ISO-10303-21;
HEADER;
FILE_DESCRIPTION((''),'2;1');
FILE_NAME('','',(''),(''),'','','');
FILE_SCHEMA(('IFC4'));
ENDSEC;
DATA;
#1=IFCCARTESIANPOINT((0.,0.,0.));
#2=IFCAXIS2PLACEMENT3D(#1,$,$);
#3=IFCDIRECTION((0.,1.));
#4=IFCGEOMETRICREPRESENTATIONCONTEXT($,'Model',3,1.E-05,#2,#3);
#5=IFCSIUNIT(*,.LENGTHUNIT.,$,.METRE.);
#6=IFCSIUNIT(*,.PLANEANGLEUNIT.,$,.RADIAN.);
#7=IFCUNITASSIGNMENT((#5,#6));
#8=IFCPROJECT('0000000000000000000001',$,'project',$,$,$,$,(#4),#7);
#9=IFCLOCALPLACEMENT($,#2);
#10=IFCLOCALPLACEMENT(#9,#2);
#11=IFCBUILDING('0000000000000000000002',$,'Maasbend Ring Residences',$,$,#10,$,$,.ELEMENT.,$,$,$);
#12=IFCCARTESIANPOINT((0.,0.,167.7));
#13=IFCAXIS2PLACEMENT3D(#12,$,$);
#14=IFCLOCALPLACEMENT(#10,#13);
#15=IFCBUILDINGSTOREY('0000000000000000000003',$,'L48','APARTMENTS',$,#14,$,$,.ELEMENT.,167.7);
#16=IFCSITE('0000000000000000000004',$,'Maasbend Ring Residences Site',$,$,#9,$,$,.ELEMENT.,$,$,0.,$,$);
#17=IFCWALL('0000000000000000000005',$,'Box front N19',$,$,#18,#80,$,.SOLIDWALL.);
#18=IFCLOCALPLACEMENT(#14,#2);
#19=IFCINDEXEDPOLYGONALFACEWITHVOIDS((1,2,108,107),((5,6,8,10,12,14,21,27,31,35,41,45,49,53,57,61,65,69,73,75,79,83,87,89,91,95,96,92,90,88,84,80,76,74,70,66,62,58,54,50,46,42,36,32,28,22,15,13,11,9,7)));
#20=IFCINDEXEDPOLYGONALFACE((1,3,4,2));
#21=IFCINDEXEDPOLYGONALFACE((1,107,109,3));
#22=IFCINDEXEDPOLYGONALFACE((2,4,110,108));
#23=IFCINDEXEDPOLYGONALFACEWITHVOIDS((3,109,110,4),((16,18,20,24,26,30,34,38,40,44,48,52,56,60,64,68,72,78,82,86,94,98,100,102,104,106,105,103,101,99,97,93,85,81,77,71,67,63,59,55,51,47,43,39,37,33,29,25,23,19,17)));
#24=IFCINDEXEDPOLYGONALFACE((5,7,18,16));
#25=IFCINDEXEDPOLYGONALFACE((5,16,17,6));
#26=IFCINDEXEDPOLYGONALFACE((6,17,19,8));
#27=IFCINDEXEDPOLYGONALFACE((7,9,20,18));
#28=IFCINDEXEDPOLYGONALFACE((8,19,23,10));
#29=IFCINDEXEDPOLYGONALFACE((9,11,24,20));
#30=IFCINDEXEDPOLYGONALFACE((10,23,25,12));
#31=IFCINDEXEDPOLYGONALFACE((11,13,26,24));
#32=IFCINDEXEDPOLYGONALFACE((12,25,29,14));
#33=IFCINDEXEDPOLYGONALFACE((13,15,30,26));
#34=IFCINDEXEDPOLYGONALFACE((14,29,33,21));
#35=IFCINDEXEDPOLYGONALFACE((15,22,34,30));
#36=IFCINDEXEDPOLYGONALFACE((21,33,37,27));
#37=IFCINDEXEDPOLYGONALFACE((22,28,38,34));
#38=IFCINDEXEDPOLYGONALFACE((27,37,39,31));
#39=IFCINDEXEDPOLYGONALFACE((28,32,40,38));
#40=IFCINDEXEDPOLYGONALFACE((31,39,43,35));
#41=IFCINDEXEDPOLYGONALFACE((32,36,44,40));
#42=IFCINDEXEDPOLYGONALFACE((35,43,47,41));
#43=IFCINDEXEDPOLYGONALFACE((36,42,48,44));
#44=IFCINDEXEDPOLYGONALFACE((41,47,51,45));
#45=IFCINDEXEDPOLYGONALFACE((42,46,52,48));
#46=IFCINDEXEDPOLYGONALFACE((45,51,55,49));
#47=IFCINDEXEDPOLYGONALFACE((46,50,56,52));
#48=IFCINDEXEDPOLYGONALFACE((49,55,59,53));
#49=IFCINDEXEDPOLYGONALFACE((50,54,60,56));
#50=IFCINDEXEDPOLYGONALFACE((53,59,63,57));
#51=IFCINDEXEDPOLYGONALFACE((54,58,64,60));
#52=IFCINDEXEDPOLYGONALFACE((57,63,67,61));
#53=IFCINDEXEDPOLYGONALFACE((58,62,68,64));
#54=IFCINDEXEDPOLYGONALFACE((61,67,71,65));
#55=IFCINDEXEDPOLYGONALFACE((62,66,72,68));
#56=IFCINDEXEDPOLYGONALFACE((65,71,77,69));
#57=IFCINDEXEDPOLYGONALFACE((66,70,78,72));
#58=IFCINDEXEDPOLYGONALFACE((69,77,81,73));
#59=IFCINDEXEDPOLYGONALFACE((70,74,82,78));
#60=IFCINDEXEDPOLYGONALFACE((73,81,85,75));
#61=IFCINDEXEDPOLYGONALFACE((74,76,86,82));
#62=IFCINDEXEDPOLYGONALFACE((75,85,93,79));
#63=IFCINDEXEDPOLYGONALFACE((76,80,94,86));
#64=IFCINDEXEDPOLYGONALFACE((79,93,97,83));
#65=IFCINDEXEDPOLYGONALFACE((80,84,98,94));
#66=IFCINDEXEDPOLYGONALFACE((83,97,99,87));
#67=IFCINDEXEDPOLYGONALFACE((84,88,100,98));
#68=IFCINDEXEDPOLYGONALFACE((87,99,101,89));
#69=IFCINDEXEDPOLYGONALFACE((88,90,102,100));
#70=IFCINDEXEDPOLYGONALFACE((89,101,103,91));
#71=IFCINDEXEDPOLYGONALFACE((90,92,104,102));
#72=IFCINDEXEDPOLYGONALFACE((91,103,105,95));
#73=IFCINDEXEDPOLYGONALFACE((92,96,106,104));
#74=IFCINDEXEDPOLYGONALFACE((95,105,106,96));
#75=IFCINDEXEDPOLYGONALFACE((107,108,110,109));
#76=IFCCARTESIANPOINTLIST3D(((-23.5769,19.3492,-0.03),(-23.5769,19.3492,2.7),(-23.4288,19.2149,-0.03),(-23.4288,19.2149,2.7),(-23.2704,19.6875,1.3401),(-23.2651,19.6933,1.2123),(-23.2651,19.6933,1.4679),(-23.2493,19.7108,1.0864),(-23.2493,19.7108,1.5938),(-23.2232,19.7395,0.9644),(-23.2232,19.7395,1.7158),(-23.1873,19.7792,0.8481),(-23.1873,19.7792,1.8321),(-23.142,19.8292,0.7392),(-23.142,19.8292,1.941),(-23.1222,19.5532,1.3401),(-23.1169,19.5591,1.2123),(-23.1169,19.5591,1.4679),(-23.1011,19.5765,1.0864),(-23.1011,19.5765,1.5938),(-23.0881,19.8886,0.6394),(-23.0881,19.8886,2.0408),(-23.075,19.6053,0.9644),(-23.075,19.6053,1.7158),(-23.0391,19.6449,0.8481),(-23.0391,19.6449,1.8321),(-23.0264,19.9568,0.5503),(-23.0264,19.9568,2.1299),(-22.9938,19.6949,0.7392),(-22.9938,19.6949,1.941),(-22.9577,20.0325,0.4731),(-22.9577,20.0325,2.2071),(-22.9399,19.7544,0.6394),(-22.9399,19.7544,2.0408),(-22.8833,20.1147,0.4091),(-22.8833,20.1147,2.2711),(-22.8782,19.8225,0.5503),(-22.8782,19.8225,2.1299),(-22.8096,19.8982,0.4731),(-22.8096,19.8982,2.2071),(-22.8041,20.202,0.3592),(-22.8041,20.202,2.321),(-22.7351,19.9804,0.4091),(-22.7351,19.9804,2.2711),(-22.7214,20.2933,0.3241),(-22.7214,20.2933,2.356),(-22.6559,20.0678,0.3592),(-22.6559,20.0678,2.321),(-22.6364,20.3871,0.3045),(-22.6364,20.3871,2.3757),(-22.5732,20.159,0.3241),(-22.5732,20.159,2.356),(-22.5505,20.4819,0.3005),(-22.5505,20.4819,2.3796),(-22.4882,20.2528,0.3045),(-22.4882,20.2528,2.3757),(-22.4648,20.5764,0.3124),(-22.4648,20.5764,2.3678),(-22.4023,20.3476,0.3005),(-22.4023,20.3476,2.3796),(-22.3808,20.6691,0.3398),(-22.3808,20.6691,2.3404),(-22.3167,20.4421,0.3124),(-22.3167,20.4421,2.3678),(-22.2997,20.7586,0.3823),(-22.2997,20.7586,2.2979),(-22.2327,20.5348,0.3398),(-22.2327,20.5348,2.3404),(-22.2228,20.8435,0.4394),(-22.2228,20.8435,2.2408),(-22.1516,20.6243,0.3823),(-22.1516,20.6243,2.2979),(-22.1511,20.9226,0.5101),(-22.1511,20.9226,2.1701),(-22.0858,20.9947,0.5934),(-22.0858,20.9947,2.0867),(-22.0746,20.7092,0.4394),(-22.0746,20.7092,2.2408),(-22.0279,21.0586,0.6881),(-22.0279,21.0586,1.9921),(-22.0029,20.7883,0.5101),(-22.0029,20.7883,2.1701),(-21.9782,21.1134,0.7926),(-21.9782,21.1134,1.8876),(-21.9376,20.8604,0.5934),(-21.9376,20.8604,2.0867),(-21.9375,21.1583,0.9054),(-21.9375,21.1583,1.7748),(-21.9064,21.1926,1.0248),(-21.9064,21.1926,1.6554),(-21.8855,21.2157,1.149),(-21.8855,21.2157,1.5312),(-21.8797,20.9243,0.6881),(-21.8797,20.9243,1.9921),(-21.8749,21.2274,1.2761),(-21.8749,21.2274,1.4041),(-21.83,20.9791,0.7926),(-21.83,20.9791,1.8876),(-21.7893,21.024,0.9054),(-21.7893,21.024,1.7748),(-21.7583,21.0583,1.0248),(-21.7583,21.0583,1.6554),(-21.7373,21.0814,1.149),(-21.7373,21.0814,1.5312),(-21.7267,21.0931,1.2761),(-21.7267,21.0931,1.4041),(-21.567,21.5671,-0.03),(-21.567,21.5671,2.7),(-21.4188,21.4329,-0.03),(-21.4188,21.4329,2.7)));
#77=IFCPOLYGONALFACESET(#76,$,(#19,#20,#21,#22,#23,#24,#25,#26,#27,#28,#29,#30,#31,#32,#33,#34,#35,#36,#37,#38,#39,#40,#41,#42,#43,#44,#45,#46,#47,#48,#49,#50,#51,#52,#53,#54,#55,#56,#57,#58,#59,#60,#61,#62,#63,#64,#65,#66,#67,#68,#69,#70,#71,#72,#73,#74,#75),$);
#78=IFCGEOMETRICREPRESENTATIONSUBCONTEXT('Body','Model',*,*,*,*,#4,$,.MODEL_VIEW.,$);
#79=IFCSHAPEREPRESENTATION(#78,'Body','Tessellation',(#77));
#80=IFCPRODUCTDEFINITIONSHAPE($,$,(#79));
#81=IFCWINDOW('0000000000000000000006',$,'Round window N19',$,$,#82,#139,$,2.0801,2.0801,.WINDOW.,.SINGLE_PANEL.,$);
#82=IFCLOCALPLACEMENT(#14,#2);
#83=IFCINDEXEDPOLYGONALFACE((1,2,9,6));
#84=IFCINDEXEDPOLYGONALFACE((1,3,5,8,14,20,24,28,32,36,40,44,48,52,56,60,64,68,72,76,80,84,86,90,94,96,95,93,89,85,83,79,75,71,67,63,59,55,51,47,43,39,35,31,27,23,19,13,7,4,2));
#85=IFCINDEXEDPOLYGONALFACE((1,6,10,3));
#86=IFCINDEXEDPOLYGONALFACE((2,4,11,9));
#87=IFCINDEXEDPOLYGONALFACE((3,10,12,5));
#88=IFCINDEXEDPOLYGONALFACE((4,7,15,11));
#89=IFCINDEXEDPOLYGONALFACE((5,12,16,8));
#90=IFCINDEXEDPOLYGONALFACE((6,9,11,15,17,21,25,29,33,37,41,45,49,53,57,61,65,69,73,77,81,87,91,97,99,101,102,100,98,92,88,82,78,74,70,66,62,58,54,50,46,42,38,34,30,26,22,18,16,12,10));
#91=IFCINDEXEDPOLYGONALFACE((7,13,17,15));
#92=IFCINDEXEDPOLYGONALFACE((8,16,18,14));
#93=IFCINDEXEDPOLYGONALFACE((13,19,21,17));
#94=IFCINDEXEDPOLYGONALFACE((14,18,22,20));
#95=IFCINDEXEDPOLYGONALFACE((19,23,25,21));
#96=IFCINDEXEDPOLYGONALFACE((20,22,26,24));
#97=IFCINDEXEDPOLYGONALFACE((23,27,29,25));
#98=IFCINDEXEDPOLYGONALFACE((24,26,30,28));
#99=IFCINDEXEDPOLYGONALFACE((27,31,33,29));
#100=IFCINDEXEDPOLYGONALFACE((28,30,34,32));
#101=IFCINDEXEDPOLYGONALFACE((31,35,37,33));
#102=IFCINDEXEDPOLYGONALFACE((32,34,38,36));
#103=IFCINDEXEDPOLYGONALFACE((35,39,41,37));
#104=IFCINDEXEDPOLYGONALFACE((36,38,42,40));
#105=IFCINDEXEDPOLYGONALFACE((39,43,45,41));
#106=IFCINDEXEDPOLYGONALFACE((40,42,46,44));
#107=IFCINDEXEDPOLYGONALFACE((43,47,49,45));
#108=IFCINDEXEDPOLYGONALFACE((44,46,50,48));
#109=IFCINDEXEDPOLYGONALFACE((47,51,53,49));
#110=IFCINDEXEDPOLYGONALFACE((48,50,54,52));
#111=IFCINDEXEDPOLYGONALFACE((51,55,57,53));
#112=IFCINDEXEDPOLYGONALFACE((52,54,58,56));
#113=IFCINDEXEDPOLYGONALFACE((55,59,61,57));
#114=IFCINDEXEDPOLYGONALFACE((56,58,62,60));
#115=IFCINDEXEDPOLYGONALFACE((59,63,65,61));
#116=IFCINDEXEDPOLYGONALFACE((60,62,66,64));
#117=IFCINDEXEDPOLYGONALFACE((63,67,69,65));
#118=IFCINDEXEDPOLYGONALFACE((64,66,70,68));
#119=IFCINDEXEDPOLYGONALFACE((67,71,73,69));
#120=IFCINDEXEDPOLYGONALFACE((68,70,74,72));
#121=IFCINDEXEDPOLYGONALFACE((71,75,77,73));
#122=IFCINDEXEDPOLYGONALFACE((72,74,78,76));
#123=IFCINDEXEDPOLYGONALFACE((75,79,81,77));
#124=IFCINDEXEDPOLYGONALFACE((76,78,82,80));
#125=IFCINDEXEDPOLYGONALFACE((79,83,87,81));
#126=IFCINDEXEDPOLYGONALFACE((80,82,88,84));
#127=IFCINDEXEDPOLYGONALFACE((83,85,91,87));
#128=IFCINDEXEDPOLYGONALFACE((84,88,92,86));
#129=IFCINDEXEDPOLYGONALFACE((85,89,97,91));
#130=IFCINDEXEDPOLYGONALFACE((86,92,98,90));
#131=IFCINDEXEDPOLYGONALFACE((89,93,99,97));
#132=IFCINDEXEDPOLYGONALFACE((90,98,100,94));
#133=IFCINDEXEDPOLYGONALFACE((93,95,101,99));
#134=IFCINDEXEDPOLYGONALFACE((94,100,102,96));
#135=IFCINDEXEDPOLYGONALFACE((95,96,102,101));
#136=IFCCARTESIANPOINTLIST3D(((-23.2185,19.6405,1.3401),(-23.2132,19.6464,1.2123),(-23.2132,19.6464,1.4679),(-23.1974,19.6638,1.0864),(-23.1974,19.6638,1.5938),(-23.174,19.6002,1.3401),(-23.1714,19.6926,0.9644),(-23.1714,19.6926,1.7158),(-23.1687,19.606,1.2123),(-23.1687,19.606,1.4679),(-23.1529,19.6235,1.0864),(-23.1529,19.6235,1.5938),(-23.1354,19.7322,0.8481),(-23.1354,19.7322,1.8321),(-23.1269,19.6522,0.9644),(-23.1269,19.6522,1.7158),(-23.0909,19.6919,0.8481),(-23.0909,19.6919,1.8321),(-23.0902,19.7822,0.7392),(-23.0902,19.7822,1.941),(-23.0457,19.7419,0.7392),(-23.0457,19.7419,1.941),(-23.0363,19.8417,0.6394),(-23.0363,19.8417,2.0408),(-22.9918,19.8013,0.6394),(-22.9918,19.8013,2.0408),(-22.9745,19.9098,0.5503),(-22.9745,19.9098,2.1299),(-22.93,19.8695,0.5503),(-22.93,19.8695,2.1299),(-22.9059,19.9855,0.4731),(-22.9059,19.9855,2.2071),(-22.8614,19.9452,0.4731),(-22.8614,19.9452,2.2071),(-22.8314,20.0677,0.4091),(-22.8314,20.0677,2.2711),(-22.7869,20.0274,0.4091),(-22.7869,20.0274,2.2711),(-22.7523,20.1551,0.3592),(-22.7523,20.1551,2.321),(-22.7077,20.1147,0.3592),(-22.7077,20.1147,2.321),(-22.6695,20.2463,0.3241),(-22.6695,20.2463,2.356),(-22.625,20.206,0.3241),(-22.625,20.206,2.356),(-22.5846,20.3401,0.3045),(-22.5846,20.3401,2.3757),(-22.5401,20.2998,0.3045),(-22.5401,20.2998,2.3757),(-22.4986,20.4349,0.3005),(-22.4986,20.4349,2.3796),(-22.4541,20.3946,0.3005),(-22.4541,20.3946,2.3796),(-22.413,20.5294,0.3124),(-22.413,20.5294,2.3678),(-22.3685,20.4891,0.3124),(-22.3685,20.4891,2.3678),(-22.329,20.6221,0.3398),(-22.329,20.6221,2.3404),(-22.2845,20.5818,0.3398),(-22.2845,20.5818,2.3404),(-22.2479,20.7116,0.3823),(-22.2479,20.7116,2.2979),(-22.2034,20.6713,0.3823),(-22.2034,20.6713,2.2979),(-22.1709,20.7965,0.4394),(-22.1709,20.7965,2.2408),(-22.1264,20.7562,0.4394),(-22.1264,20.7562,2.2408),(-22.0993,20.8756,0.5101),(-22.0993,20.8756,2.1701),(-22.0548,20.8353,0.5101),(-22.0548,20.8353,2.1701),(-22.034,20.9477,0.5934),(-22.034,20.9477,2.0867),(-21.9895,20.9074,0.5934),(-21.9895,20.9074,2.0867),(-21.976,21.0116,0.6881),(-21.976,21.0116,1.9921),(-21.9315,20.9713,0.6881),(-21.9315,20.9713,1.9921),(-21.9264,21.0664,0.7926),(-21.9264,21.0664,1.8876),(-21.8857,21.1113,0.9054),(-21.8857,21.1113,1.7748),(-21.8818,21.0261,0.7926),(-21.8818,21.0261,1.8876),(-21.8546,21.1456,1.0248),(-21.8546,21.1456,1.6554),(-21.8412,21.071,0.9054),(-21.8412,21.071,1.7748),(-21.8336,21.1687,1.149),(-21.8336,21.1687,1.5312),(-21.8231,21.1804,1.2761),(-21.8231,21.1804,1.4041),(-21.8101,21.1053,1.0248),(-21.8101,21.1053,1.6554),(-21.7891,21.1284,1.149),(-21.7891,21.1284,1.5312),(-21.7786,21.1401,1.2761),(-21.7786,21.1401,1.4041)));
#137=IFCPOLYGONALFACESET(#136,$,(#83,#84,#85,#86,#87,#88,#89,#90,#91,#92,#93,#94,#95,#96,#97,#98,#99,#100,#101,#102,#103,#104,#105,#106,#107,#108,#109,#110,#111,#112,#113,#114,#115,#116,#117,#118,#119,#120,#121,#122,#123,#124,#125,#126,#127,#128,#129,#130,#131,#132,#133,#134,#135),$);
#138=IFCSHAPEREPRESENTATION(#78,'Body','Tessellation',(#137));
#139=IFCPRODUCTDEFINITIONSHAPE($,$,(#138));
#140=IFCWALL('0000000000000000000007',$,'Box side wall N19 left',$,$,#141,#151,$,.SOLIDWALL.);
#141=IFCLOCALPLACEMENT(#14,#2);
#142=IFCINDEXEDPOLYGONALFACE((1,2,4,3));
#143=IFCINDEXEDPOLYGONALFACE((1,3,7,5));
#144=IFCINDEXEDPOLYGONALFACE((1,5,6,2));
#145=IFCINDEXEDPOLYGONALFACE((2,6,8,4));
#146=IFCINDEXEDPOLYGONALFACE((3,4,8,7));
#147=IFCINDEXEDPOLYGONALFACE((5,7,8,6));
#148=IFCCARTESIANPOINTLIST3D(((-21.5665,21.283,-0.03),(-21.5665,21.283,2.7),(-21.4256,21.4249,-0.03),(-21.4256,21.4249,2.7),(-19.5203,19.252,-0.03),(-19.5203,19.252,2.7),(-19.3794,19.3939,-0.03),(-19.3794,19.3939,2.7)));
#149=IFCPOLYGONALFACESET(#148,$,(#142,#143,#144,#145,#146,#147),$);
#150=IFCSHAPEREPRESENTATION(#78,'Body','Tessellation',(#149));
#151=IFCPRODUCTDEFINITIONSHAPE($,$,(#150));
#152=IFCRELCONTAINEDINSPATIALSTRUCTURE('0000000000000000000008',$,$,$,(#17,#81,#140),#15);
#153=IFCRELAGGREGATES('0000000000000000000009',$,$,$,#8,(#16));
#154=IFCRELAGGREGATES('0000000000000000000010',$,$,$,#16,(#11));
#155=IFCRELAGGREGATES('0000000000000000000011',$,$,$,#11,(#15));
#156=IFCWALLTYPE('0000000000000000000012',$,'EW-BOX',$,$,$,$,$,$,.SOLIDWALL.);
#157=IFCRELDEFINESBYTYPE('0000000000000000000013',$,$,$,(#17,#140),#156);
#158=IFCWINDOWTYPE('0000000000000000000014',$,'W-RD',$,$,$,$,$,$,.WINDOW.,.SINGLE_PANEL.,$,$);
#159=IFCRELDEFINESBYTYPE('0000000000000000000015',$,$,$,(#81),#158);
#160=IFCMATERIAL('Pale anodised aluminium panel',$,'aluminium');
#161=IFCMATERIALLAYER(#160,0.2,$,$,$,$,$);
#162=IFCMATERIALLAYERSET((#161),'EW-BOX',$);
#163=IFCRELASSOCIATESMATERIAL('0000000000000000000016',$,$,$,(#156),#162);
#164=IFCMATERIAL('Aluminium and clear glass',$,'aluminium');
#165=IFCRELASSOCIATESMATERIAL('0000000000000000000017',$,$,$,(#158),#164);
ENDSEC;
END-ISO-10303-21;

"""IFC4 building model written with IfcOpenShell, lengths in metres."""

from ifc_helpers import new_model, si_unit, direction, frame, frame_2d, origin, place, context, subcontext, project, spatial, rectangle, circle, extrude, material, layer, layer_set, type_object, element, fill, save


model = new_model("IFC4")

# Units and contexts
model_context = context("Model", 3, precision=1e-05, world=origin(), true_north=direction((0.0, 1.0)))
body_context = subcontext(model_context, "Body", "Model", "MODEL_VIEW")
ifc_project = project(units=[si_unit("LENGTHUNIT", "METRE"), si_unit("PLANEANGLEUNIT", "RADIAN")], contexts=[model_context])

# Site, building, storey
site_placement = place(None, origin())
site = spatial("IfcSite", under=ifc_project, at=site_placement, Name="Maasbend Ring Residences Site", CompositionType="ELEMENT", RefElevation=0.0)
building_placement = place(site_placement, origin())
building = spatial("IfcBuilding", under=site, at=building_placement, Name="Maasbend Ring Residences", CompositionType="ELEMENT")
storey_placement = place(building_placement, frame((0.0, 0.0, 167.7)))
storey = spatial("IfcBuildingStorey", under=building, at=storey_placement, Name="L48", Description="APARTMENTS", CompositionType="ELEMENT", Elevation=167.7)

# Shared definitions
ifc_material_1 = material(Name="Pale anodised aluminium panel", Category="aluminium")
ifc_layer_1 = layer(ifc_material_1, 0.2)
ifc_layer_set_1 = layer_set([ifc_layer_1], Name="EW-BOX")
wall_type_1 = type_object("IfcWallType", Name="EW-BOX", PredefinedType="SOLIDWALL", material=ifc_layer_set_1)
ifc_material_2 = material(Name="Aluminium and clear glass", Category="aluminium")
window_type_1 = type_object("IfcWindowType", Name="W-RD", PartitioningType="SINGLE_PANEL", PredefinedType="WINDOW", material=ifc_material_2)

# Wall, opening, window
wall_1_placement = place(storey_placement, frame((-21.4929, 21.5, -0.03), z_axis=(0.0, 0.0, 1.0), x_axis=(-0.671507, -0.740998, 0.0)))
wall_1 = element("IfcWall", 1, at=wall_1_placement, inside=storey, type_object=wall_type_1, Name="Box front N19", PredefinedType="SOLIDWALL", context=body_context, shape_type="SweptSolid", body=[
    extrude(rectangle(XDim=2.9932, YDim=0.2, at=frame_2d((1.4966, 0.0))), origin(), (0.0, 0.0, 1.0), 2.73),
])
opening_1_placement = place(wall_1_placement, frame((0.4565, 0.0, 0.3301)))
opening_1 = element("IfcOpeningElement", 2, at=opening_1_placement, cuts=wall_1, PredefinedType="OPENING", context=body_context, shape_type="SweptSolid", body=[
    extrude(circle(Radius=1.04, at=frame_2d((1.04, 1.04))), frame((0.0, 0.1099, 0.0), z_axis=(0.0, -1.0, 0.0), x_axis=(1.0, 0.0, 0.0)), (0.0, 0.0, 1.0), 0.22),
])
window_1_placement = place(opening_1_placement, origin())
window_1 = element("IfcWindow", 3, at=window_1_placement, inside=storey, type_object=window_type_1, Name="Round window N19", OverallHeight=2.0801, OverallWidth=2.0801, PartitioningType="SINGLE_PANEL", PredefinedType="WINDOW", context=body_context, shape_type="SweptSolid", body=[
    extrude(circle(Radius=1.04, at=frame_2d((1.04, 1.04))), frame((0.0, 0.03, 0.0), z_axis=(0.0, -1.0, 0.0), x_axis=(1.0, 0.0, 0.0)), (0.0, 0.0, 1.0), 0.0601),
])
fill(opening_1, window_1)

# Wall
wall_2_placement = place(storey_placement, frame((-19.45, 19.323, -0.03), z_axis=(0.0, 0.0, 1.0), x_axis=(-0.709727, 0.704477, 0.0)))
element("IfcWall", 4, at=wall_2_placement, inside=storey, type_object=wall_type_1, Name="Box side wall N19 left", PredefinedType="SOLIDWALL", context=body_context, shape_type="SweptSolid", body=[
    extrude(rectangle(XDim=2.8831, YDim=0.2, at=frame_2d((1.4414, 0.0))), origin(), (0.0, 0.0, 1.0), 2.73),
])

save(model, "model.ifc")
